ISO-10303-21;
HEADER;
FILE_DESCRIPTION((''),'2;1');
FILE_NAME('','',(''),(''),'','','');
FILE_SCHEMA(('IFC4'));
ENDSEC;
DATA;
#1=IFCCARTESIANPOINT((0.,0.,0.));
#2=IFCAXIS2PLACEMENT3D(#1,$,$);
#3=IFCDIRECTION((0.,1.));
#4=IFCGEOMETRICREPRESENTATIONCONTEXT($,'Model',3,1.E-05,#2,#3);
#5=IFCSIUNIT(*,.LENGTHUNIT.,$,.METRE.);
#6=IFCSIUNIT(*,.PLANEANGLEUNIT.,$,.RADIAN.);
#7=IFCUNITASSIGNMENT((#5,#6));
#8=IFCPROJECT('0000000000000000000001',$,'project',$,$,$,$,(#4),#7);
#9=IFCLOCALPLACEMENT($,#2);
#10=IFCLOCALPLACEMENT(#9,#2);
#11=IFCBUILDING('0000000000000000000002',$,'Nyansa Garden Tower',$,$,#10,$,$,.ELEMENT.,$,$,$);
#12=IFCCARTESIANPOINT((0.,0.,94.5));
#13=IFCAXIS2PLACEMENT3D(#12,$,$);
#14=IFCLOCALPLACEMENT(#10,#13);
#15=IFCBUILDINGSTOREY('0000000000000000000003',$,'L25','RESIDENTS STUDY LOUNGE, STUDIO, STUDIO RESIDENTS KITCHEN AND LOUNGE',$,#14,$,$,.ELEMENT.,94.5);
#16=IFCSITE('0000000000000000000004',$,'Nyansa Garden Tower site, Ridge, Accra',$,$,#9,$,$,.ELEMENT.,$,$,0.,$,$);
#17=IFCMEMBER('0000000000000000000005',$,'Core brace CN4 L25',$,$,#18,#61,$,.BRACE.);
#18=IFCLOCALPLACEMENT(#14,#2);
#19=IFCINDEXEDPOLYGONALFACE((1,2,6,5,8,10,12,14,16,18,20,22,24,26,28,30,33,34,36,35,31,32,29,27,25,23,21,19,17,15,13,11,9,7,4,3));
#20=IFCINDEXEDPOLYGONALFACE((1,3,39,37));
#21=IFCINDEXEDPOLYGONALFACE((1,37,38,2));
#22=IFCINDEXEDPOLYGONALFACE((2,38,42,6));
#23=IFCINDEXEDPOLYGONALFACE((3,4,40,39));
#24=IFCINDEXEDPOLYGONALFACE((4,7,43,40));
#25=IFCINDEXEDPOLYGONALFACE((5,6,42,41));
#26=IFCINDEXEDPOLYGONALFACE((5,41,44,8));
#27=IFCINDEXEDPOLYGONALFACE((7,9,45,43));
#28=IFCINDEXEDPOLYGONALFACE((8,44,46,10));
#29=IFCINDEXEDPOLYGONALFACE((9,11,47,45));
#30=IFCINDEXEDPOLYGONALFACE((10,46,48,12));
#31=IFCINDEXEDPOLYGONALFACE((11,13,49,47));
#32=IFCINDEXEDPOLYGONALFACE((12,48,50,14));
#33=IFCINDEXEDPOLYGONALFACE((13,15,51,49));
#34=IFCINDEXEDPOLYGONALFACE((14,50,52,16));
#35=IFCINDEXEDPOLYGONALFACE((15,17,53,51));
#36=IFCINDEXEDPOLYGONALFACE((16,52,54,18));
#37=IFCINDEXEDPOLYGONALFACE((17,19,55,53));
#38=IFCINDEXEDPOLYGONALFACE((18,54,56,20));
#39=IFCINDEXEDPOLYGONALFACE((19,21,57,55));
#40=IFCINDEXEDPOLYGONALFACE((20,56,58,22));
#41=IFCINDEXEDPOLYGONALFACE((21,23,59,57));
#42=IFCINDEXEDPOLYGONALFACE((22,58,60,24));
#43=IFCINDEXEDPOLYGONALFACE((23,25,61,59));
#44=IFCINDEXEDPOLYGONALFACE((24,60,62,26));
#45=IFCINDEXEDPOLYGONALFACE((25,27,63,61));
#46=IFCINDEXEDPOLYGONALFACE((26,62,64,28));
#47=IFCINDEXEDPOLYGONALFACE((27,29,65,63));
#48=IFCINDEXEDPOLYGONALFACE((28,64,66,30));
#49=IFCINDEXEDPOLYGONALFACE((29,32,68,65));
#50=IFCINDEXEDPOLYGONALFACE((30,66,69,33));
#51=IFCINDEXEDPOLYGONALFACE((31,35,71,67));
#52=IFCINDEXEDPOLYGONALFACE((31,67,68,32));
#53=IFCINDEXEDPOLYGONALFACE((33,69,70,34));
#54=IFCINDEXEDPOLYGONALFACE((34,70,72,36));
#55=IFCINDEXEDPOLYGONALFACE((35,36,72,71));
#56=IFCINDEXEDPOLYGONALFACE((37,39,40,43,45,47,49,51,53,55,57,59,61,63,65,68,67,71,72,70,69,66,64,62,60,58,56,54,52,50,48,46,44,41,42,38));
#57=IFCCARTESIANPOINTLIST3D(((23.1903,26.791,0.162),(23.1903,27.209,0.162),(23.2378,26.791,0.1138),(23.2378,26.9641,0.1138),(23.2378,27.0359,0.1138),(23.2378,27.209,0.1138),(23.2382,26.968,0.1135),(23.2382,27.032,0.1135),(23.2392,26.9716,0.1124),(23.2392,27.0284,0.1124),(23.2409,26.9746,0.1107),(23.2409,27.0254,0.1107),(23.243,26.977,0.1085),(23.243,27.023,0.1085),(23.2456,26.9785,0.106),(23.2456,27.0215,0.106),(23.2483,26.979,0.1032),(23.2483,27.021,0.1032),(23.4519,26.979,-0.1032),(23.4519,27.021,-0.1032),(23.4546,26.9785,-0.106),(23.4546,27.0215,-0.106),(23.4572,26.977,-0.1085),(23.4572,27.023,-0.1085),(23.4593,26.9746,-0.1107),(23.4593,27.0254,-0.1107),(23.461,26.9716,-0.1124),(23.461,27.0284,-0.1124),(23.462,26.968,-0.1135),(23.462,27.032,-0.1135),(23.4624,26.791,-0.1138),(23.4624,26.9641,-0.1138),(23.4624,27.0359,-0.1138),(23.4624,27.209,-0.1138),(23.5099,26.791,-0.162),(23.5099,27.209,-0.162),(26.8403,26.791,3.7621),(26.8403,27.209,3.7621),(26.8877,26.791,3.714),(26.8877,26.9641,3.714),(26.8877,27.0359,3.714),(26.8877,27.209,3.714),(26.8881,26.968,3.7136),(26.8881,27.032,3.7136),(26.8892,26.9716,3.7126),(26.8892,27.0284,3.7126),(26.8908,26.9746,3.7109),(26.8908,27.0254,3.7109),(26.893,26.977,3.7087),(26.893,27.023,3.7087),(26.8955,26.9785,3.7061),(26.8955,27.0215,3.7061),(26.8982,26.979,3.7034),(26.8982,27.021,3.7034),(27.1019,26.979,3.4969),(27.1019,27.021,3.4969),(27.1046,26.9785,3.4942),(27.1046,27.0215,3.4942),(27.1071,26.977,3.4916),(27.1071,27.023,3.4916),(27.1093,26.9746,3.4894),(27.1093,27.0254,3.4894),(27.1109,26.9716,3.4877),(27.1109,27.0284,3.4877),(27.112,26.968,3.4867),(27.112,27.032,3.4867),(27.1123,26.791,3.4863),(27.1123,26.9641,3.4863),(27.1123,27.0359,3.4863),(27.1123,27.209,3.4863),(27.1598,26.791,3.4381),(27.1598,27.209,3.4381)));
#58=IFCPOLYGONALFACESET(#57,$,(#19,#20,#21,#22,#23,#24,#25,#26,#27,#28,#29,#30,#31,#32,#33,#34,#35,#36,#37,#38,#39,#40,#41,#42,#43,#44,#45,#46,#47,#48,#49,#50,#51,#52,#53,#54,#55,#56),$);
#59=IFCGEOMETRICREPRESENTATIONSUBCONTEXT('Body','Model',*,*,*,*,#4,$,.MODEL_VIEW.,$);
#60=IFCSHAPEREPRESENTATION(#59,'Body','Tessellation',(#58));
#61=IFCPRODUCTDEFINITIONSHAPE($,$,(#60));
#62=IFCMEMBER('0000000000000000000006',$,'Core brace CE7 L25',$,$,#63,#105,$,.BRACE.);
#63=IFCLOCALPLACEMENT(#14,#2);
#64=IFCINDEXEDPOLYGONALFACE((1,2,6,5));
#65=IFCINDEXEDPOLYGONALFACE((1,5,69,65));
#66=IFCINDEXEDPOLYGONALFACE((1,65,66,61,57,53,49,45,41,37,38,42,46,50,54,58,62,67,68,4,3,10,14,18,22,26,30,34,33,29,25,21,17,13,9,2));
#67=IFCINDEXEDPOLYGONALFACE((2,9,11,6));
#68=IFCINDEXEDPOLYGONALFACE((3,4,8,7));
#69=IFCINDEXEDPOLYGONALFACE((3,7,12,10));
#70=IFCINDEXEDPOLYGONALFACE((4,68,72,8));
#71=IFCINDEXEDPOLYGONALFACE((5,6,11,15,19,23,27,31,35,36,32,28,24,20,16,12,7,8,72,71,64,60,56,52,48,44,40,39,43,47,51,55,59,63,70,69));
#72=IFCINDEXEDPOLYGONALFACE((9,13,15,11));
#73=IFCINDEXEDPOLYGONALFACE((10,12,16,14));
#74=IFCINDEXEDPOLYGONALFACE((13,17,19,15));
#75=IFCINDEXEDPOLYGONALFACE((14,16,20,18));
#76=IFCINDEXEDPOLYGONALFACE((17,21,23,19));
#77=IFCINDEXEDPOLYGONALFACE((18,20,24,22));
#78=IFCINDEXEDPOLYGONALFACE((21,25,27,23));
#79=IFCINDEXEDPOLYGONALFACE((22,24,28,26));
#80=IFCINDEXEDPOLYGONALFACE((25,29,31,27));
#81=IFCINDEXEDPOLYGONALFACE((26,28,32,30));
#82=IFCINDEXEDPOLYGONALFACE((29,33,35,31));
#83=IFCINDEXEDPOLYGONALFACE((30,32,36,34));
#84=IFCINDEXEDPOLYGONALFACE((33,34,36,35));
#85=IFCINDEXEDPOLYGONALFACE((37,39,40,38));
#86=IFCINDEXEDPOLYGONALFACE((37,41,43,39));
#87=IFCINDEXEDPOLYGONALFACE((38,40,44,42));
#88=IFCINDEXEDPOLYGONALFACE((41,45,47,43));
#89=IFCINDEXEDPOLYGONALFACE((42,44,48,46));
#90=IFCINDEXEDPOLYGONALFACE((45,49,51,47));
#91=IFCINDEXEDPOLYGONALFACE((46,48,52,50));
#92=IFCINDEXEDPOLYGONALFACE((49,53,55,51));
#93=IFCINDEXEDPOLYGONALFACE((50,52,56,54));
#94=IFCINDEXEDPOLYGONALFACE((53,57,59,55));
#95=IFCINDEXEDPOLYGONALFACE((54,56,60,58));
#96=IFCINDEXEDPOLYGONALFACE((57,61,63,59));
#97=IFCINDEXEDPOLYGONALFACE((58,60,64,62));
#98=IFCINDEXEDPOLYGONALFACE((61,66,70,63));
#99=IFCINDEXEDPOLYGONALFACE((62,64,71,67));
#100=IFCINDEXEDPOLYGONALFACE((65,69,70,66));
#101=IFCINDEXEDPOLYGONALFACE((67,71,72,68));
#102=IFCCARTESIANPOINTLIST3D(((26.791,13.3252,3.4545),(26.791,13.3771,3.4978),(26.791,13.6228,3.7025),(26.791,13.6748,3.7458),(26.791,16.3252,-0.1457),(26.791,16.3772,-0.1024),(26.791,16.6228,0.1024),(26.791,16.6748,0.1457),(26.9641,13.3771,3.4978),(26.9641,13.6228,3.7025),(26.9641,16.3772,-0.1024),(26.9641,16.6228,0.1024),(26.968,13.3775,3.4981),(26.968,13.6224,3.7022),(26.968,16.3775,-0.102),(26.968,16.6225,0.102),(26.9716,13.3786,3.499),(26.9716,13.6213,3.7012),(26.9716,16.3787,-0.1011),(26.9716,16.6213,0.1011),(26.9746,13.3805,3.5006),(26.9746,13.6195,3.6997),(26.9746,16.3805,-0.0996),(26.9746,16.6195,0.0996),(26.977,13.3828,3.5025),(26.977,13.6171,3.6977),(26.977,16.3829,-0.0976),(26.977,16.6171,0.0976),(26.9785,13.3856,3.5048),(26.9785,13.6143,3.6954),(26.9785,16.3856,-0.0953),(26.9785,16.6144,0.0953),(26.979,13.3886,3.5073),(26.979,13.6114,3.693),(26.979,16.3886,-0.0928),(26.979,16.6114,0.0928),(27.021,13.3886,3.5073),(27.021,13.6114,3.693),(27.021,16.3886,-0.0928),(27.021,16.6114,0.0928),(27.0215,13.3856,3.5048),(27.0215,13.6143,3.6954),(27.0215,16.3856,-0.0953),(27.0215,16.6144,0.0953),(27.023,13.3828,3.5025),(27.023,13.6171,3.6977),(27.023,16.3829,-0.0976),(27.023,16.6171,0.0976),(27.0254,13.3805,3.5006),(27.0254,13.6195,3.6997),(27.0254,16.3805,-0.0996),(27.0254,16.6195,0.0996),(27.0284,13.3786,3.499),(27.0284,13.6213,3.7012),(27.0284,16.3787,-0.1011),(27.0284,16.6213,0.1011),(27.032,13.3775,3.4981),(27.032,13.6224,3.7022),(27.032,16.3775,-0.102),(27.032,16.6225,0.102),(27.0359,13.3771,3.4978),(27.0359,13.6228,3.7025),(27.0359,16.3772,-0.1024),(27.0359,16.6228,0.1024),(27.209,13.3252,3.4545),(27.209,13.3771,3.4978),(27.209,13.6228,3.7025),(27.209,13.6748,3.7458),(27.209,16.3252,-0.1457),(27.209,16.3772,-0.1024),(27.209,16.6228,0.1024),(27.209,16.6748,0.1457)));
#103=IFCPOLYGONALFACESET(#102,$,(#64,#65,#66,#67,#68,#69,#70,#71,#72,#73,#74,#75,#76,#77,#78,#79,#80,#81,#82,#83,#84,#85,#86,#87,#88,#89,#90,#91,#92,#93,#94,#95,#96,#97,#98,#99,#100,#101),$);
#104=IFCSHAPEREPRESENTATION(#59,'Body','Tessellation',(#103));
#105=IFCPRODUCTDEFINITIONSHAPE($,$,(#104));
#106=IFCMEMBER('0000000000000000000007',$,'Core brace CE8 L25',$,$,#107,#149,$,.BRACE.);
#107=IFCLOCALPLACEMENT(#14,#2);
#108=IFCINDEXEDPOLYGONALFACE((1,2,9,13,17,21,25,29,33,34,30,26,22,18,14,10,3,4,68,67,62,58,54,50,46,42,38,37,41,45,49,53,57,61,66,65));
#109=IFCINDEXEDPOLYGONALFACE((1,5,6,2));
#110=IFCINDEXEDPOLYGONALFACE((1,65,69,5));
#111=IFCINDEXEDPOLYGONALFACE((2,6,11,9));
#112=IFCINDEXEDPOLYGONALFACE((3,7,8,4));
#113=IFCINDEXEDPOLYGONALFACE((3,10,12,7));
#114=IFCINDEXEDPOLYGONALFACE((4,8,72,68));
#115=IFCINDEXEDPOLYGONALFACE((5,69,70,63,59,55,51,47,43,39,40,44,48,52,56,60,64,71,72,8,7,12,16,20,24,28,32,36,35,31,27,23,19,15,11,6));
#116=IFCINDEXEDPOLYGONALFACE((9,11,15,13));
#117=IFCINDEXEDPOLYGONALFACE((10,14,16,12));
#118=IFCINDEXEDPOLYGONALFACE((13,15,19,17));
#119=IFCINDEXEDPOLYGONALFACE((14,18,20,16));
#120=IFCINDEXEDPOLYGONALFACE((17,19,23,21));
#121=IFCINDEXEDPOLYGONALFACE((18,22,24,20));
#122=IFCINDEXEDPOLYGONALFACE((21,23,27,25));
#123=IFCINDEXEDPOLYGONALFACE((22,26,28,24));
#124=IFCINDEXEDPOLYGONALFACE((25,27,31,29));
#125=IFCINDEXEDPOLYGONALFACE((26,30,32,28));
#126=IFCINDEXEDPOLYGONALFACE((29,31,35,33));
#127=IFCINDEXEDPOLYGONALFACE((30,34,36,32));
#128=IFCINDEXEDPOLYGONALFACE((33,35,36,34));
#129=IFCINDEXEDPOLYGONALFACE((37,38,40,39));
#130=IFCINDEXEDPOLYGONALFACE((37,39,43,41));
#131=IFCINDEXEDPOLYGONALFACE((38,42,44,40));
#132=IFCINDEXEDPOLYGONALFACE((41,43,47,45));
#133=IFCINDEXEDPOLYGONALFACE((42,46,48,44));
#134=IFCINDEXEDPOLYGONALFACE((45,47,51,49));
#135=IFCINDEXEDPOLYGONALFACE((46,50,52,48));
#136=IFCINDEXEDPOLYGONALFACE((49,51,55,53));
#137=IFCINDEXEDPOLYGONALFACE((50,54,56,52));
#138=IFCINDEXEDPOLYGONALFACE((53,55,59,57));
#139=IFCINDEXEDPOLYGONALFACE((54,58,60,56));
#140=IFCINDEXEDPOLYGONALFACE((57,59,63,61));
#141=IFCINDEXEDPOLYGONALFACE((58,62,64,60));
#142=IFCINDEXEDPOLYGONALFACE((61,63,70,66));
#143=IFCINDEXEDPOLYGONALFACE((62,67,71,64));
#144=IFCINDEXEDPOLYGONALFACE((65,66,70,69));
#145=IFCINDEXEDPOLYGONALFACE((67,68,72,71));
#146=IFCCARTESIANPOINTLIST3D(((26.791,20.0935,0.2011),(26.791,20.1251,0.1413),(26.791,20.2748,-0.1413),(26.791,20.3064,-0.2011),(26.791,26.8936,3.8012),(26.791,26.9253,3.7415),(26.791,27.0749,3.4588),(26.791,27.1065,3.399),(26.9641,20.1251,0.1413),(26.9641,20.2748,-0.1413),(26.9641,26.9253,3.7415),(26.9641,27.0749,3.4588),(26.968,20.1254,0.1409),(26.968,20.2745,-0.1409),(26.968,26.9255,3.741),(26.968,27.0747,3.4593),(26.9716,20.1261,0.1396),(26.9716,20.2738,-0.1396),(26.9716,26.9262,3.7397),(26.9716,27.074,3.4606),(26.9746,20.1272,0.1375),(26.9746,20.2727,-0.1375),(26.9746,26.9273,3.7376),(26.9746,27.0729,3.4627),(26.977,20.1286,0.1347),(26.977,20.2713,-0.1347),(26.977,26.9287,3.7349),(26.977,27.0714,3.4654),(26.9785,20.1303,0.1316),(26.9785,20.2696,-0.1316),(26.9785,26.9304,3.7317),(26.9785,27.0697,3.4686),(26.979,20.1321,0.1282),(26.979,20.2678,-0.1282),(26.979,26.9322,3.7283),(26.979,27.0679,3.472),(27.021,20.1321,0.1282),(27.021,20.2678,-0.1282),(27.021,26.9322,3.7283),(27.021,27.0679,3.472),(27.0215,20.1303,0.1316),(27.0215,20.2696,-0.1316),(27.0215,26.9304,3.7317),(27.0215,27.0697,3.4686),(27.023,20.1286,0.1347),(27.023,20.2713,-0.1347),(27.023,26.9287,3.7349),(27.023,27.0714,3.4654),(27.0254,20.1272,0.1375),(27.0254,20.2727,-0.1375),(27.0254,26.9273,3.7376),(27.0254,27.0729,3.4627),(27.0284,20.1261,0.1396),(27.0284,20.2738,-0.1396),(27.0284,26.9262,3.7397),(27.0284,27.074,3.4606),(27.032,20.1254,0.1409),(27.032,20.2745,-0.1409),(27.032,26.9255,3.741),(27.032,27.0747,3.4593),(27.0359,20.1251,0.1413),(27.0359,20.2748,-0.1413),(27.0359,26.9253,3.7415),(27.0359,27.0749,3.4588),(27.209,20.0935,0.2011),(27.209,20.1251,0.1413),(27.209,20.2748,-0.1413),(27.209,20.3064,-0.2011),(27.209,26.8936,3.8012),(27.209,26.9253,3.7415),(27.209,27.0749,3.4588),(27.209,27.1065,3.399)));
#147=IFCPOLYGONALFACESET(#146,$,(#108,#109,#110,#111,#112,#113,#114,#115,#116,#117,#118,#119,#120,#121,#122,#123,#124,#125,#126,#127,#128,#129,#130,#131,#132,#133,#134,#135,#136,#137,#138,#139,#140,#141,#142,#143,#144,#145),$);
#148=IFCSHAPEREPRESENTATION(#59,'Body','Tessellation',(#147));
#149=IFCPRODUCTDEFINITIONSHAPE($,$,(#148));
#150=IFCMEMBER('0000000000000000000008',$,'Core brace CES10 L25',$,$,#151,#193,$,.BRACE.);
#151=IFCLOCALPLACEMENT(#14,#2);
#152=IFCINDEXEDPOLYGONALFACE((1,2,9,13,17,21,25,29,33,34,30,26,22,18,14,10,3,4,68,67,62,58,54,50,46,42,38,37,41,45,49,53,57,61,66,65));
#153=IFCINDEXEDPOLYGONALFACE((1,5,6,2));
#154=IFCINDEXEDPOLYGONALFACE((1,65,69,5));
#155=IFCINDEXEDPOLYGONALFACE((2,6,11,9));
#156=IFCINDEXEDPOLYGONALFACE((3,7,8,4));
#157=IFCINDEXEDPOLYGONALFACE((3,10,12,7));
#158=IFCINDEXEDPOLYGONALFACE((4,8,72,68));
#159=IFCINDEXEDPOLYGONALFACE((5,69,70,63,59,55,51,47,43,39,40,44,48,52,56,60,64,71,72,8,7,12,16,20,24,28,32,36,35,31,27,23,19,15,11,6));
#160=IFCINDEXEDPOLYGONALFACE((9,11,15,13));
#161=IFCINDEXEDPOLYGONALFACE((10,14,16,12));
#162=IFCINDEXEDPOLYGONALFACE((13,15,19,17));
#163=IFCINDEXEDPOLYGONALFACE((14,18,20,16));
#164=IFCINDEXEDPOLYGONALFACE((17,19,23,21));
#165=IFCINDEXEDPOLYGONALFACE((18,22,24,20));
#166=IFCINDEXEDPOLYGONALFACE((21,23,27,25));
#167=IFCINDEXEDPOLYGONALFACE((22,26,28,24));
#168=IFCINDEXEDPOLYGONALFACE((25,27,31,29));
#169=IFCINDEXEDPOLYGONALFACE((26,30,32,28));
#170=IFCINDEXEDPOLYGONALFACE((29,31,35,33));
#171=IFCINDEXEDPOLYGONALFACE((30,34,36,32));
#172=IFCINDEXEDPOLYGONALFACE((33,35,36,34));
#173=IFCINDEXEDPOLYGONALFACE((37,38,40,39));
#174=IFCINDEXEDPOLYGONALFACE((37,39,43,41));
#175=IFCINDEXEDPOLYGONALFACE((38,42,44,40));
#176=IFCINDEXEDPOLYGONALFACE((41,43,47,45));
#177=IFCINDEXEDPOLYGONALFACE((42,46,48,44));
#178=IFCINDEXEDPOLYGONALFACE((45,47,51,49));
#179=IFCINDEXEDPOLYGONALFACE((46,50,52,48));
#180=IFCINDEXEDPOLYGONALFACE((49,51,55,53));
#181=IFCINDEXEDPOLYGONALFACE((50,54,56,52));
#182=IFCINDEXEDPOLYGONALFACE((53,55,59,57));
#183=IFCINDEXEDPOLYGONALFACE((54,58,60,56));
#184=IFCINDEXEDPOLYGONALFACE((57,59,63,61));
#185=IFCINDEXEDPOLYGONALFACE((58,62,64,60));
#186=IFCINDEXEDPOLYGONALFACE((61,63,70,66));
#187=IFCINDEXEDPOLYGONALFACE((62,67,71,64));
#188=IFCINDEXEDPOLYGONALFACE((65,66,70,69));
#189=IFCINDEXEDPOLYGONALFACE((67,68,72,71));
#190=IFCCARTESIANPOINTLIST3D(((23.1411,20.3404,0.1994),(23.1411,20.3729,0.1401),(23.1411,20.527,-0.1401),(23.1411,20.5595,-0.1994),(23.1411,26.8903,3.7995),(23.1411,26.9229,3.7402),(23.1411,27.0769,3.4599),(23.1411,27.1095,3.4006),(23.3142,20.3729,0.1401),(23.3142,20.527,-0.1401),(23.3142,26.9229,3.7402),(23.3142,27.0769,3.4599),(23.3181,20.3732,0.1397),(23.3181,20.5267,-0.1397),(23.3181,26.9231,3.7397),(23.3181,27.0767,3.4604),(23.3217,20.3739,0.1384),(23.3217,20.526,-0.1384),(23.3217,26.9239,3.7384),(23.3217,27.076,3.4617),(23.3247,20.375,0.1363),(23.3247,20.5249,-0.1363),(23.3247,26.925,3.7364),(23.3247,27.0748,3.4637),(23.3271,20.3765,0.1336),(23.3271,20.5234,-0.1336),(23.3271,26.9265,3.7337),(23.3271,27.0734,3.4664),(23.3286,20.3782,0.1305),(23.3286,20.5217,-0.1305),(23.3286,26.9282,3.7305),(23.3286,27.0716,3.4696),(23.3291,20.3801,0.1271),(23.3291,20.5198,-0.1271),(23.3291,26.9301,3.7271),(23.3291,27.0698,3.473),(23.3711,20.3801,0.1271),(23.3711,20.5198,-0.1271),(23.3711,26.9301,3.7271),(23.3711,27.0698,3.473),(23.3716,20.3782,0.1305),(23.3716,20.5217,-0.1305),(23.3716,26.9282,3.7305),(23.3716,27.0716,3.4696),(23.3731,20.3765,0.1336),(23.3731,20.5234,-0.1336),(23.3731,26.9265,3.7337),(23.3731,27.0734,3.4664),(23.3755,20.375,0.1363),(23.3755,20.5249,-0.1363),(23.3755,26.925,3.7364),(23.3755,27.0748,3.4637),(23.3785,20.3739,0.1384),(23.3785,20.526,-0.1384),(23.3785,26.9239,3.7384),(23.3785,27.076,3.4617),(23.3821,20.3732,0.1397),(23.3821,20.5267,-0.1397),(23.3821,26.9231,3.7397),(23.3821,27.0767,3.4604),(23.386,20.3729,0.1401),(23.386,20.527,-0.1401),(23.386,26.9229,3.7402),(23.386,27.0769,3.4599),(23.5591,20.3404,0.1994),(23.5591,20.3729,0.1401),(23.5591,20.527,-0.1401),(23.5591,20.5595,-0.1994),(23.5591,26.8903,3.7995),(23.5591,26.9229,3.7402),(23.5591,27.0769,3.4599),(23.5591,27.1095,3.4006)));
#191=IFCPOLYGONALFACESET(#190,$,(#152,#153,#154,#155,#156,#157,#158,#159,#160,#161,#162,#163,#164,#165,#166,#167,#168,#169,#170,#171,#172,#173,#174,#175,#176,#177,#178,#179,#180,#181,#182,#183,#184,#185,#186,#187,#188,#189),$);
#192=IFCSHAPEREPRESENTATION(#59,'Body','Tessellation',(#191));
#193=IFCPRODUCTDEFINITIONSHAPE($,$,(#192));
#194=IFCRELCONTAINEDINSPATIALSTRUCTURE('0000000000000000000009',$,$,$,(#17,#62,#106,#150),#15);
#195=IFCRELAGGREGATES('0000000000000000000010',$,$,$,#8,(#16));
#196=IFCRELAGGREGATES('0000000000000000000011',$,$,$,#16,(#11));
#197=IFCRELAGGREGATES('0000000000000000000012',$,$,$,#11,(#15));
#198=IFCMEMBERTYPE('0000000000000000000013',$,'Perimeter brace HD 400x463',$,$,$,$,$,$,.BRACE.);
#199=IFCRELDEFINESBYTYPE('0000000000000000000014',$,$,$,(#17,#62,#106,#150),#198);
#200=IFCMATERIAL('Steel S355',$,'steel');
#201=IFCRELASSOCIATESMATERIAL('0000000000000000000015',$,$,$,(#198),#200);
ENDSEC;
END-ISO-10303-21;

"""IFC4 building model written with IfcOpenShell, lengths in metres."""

from ifc_helpers import new_model, si_unit, direction, frame, origin, origin_2d, place, context, subcontext, project, spatial, i_section, extrude, material, material_profile, profile_set, type_object, element, save


model = new_model("IFC4")

# Units and contexts
model_context = context("Model", 3, precision=1e-05, world=origin(), true_north=direction((0.0, 1.0)))
body_context = subcontext(model_context, "Body", "Model", "MODEL_VIEW")
ifc_project = project(units=[si_unit("LENGTHUNIT", "METRE"), si_unit("PLANEANGLEUNIT", "RADIAN")], contexts=[model_context])

# Site, building, storey
site_placement = place(None, origin())
site = spatial("IfcSite", under=ifc_project, at=site_placement, Name="Nyansa Garden Tower site, Ridge, Accra", CompositionType="ELEMENT", RefElevation=0.0)
building_placement = place(site_placement, origin())
building = spatial("IfcBuilding", under=site, at=building_placement, Name="Nyansa Garden Tower", CompositionType="ELEMENT")
storey_placement = place(building_placement, frame((0.0, 0.0, 94.5)))
storey = spatial("IfcBuildingStorey", under=building, at=storey_placement, Name="L25", Description="RESIDENTS STUDY LOUNGE, STUDIO, STUDIO RESIDENTS KITCHEN AND LOUNGE", CompositionType="ELEMENT", Elevation=94.5)

# Members
ifc_material_1 = material(Name="Steel S355", Category="steel")
ifc_material_profile_1 = material_profile(ifc_material_1, i_section(OverallWidth=0.418, OverallDepth=0.4551, WebThickness=0.042, FlangeThickness=0.0676, FilletRadius=0.0149, at=origin_2d()), Name="HD 400x463")
ifc_profile_set_1 = profile_set([ifc_material_profile_1], Name="Steel S355")
member_type = type_object("IfcMemberType", Name="Perimeter brace HD 400x463", PredefinedType="BRACE", material=ifc_profile_set_1)
member_1_placement = place(storey_placement, frame((23.3501, 27.0, 0.0), z_axis=(0.711948, 0.0, 0.702233), x_axis=(0.0, 1.0, 0.0)))
element("IfcMember", 1, at=member_1_placement, inside=storey, type_object=member_type, Name="Core brace CN4 L25", PredefinedType="BRACE", context=body_context, shape_type="SweptSolid", body=[
    extrude(i_section(OverallWidth=0.418, OverallDepth=0.4551, WebThickness=0.042, FlangeThickness=0.0676, FilletRadius=0.0149, at=origin_2d()), origin(), (0.0, 0.0, 1.0), 5.1267),
])
member_2_placement = place(storey_placement, frame((27.0, 16.5, 0.0), z_axis=(0.0, -0.640174, 0.76823), x_axis=(1.0, 0.0, 0.0)))
element("IfcMember", 2, at=member_2_placement, inside=storey, type_object=member_type, Name="Core brace CE7 L25", PredefinedType="BRACE", context=body_context, shape_type="SweptSolid", body=[
    extrude(i_section(OverallWidth=0.418, OverallDepth=0.4551, WebThickness=0.042, FlangeThickness=0.0676, FilletRadius=0.0149, at=origin_2d()), origin(), (0.0, 0.0, 1.0), 4.6863),
])
member_3_placement = place(storey_placement, frame((27.0, 20.2, 0.0), z_axis=(0.0, 0.883784, 0.467895), x_axis=(-1.0, 0.0, 0.0)))
element("IfcMember", 3, at=member_3_placement, inside=storey, type_object=member_type, Name="Core brace CE8 L25", PredefinedType="BRACE", context=body_context, shape_type="SweptSolid", body=[
    extrude(i_section(OverallWidth=0.418, OverallDepth=0.4551, WebThickness=0.042, FlangeThickness=0.0676, FilletRadius=0.0149, at=origin_2d()), origin(), (0.0, 0.0, 1.0), 7.6943),
])
for number, where, z_axis, x_axis, name in (
    (4, (23.3501, 20.45, 0.0), (0.0, 0.876353, 0.481669), (-1.0, 0.0, 0.0), "Core brace CES10 L25"),
):
    element("IfcMember", number, at=place(storey_placement, frame(where, z_axis=z_axis, x_axis=x_axis)), inside=storey, type_object=member_type, Name=name, PredefinedType="BRACE", context=body_context, shape_type="SweptSolid", body=[
        extrude(i_section(OverallWidth=0.418, OverallDepth=0.4551, WebThickness=0.042, FlangeThickness=0.0676, FilletRadius=0.0149, at=origin_2d()), origin(), (0.0, 0.0, 1.0), 7.4741),
    ])

save(model, "model.ifc")
